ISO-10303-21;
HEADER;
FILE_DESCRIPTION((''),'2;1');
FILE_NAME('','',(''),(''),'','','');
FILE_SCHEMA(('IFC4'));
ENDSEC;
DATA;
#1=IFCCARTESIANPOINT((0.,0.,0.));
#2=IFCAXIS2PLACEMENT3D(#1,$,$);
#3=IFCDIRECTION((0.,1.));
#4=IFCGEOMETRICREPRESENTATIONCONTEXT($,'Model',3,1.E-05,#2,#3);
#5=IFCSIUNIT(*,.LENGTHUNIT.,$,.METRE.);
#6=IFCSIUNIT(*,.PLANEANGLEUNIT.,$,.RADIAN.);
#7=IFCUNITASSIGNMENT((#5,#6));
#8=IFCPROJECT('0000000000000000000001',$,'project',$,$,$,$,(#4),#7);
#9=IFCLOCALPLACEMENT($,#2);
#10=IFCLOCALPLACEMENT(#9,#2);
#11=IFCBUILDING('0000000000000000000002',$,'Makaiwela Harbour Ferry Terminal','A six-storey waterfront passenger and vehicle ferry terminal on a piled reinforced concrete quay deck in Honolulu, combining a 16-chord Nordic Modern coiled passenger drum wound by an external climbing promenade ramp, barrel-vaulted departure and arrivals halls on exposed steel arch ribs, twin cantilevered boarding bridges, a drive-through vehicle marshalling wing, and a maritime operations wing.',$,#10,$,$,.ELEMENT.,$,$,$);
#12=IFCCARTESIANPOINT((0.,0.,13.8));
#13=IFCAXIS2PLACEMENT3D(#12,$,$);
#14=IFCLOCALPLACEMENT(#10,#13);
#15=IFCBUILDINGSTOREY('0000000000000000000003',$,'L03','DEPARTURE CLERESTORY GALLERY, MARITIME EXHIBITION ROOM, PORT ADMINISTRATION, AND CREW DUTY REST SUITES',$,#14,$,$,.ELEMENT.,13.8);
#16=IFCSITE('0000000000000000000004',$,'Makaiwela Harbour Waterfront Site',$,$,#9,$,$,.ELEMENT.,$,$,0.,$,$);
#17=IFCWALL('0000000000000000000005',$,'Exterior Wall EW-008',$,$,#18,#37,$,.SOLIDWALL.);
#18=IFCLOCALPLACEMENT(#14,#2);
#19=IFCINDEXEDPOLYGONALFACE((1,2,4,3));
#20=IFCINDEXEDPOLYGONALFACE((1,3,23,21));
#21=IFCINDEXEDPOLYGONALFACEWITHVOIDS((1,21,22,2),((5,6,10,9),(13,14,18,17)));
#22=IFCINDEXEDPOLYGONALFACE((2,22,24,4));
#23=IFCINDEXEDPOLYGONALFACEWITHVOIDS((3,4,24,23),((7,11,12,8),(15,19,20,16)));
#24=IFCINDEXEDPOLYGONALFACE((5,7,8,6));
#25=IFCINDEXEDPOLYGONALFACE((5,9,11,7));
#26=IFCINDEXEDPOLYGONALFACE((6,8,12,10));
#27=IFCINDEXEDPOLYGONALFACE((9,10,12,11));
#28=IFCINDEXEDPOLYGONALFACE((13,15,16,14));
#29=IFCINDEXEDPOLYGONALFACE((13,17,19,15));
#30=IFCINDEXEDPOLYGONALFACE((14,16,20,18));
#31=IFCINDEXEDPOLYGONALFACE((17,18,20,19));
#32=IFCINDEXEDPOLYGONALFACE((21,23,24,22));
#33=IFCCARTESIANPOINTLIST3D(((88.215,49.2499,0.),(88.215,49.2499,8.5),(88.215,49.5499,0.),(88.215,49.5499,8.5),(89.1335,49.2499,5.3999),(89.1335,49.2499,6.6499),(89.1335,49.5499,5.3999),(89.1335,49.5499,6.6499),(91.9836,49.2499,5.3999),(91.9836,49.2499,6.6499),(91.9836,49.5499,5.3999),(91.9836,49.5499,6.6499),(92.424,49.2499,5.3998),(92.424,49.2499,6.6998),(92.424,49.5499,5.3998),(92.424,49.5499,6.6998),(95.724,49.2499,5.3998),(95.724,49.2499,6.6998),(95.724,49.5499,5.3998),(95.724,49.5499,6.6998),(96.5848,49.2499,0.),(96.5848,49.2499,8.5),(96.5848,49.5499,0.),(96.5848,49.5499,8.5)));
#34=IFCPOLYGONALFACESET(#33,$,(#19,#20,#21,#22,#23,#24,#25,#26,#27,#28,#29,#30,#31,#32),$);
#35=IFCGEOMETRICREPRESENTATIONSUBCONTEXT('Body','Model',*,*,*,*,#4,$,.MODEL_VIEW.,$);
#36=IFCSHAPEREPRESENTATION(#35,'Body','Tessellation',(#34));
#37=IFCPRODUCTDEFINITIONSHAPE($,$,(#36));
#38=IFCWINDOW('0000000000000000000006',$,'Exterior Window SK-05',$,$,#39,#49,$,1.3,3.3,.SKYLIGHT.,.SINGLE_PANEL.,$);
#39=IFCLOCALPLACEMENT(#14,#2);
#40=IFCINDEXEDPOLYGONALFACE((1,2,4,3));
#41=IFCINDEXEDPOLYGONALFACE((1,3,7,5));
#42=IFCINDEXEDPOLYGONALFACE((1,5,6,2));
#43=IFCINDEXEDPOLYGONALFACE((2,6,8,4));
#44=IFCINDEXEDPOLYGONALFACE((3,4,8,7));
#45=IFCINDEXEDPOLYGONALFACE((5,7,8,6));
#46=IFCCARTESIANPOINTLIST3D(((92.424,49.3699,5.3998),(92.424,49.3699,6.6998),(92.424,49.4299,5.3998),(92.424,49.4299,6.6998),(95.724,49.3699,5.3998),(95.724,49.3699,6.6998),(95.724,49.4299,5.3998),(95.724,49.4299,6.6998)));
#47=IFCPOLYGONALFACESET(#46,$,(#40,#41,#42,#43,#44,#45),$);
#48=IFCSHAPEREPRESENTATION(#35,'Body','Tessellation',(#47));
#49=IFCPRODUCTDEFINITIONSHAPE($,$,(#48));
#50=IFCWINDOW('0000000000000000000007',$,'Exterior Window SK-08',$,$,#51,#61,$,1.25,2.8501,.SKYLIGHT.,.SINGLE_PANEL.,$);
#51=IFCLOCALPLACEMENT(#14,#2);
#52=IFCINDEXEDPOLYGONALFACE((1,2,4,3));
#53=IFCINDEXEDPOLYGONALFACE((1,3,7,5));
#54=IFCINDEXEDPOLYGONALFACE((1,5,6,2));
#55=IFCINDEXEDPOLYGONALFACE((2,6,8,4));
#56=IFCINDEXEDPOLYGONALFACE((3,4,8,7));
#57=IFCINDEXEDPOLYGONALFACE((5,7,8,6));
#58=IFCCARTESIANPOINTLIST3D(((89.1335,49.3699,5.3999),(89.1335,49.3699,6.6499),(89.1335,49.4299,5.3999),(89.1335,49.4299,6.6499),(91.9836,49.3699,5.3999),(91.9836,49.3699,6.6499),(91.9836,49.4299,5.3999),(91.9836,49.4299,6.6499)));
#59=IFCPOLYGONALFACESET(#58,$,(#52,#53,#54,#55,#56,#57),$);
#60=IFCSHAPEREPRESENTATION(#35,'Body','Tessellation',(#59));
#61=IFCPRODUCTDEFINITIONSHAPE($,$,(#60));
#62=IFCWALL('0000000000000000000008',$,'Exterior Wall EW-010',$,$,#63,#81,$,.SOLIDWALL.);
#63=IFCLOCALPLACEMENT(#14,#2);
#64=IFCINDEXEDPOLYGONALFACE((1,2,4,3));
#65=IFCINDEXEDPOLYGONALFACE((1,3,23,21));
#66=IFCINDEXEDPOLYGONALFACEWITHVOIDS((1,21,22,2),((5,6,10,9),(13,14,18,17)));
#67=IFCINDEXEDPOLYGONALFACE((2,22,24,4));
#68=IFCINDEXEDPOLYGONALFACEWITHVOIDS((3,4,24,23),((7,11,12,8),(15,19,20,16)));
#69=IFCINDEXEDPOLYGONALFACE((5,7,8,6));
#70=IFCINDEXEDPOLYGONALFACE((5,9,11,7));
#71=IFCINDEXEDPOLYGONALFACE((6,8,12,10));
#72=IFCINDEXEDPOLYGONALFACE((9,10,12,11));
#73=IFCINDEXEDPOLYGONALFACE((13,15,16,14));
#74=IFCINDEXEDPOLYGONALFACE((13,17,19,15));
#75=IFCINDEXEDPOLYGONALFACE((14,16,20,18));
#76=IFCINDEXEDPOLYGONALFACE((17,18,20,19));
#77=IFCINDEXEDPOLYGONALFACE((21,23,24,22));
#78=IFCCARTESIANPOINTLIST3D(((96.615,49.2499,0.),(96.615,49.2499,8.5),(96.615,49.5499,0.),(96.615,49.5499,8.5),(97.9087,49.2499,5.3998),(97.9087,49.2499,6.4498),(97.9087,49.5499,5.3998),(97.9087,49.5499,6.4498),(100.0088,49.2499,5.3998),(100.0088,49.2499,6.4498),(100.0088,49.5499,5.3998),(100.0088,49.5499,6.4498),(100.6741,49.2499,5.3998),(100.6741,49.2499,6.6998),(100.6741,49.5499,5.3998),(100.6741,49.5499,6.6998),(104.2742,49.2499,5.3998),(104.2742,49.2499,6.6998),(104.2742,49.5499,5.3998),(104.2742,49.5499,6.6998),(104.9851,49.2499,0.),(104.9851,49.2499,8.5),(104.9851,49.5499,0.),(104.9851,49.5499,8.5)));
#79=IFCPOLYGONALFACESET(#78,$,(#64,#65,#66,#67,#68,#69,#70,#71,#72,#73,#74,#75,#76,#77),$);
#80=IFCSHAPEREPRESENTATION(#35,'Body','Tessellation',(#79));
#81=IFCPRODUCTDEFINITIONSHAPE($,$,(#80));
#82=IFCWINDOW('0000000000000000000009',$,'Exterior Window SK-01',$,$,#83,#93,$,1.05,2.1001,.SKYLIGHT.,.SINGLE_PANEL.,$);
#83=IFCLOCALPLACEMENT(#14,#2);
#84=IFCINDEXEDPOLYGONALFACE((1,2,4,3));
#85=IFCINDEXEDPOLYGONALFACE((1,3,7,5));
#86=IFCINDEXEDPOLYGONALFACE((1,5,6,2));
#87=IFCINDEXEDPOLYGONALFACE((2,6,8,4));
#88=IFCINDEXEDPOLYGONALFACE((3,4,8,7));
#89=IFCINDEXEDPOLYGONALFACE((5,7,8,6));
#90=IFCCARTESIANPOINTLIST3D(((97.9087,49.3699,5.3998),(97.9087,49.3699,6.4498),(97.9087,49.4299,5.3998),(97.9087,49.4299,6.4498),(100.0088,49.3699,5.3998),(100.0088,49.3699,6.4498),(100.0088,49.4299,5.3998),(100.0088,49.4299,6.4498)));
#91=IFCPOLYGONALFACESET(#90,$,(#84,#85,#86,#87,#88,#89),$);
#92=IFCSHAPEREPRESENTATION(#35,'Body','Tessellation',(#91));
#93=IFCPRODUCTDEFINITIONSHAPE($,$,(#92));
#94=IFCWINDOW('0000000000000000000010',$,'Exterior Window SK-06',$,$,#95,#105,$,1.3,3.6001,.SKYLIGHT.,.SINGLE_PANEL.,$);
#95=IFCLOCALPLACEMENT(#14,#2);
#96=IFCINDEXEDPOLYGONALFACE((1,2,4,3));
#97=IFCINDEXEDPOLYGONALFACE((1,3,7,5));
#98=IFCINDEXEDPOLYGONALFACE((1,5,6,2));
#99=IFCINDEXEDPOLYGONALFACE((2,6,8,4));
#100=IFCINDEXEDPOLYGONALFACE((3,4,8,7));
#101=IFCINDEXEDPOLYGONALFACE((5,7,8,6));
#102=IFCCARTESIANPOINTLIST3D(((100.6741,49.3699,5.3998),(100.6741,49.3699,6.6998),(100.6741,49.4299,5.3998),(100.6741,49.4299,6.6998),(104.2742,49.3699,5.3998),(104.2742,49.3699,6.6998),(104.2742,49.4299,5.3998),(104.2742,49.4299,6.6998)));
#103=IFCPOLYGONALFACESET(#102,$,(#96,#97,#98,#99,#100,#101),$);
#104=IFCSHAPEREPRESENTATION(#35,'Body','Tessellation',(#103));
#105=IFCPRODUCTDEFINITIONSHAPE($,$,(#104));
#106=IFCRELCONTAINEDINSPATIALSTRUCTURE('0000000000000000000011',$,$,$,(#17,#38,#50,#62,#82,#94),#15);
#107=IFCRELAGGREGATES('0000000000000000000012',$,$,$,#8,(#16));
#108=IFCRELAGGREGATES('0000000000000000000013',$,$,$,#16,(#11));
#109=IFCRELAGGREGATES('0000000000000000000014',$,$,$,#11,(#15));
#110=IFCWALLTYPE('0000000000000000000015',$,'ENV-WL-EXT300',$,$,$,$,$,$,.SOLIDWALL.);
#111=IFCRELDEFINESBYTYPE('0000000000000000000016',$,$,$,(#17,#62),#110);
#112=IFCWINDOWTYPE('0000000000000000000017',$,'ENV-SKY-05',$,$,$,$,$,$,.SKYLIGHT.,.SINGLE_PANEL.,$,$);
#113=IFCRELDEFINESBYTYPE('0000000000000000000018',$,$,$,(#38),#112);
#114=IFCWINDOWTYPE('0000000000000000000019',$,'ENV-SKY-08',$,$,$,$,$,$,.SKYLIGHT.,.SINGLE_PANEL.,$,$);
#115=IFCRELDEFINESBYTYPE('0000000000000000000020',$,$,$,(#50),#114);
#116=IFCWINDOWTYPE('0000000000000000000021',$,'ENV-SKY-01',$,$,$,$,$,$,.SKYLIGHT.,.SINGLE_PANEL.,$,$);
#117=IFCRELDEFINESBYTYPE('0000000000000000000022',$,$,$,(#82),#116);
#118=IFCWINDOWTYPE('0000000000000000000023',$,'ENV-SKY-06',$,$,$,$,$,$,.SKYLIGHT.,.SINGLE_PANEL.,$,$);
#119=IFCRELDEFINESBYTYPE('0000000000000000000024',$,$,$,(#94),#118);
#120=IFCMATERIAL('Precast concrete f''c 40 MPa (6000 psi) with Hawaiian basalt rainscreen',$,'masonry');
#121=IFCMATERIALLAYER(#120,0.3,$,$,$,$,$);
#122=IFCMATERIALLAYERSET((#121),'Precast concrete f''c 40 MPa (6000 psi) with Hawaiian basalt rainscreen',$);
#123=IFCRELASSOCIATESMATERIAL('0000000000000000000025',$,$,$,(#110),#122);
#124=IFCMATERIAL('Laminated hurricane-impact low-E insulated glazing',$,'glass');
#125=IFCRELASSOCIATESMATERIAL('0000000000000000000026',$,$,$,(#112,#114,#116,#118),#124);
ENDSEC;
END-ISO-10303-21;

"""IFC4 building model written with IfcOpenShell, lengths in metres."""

from ifc_helpers import new_model, si_unit, direction, frame, frame_2d, origin, place, context, subcontext, project, spatial, rectangle, extrude, material, layer, layer_set, type_object, element, fill, save


model = new_model("IFC4")

# Units and contexts
model_context = context("Model", 3, precision=1e-05, world=origin(), true_north=direction((0.0, 1.0)))
body_context = subcontext(model_context, "Body", "Model", "MODEL_VIEW")
ifc_project = project(units=[si_unit("LENGTHUNIT", "METRE"), si_unit("PLANEANGLEUNIT", "RADIAN")], contexts=[model_context])

# Site, building, storey
site_placement = place(None, origin())
site = spatial("IfcSite", under=ifc_project, at=site_placement, Name="Makaiwela Harbour Waterfront Site", CompositionType="ELEMENT", RefElevation=0.0)
building_placement = place(site_placement, origin())
building = spatial("IfcBuilding", under=site, at=building_placement, Name="Makaiwela Harbour Ferry Terminal", Description="A six-storey waterfront passenger and vehicle ferry terminal on a piled reinforced concrete quay deck in Honolulu, combining a 16-chord Nordic Modern coiled passenger drum wound by an external climbing promenade ramp, barrel-vaulted departure and arrivals halls on exposed steel arch ribs, twin cantilevered boarding bridges, a drive-through vehicle marshalling wing, and a maritime operations wing.", CompositionType="ELEMENT")
storey_placement = place(building_placement, frame((0.0, 0.0, 13.8)))
storey = spatial("IfcBuildingStorey", under=building, at=storey_placement, Name="L03", Description="DEPARTURE CLERESTORY GALLERY, MARITIME EXHIBITION ROOM, PORT ADMINISTRATION, AND CREW DUTY REST SUITES", CompositionType="ELEMENT", Elevation=13.8)

# Walls, openings, windows
ifc_material_1 = material(Name="Precast concrete f'c 40 MPa (6000 psi) with Hawaiian basalt rainscreen", Category="masonry")
ifc_layer = layer(ifc_material_1, 0.3)
ifc_layer_set = layer_set([ifc_layer], Name="Precast concrete f'c 40 MPa (6000 psi) with Hawaiian basalt rainscreen")
wall_type = type_object("IfcWallType", Name="ENV-WL-EXT300", PredefinedType="SOLIDWALL", material=ifc_layer_set)
ifc_material_2 = material(Name="Laminated hurricane-impact low-E insulated glazing", Category="glass")
wall_1_placement = place(storey_placement, frame((96.585, 49.3999, 0.0), z_axis=(0.0, 0.0, 1.0), x_axis=(-1.0, 0.0, 0.0)))
wall_1 = element("IfcWall", 1, at=wall_1_placement, inside=storey, type_object=wall_type, Name="Exterior Wall EW-008", PredefinedType="SOLIDWALL", context=body_context, shape_type="SweptSolid", body=[
    extrude(rectangle(XDim=8.3699, YDim=0.3, at=frame_2d((4.1851, 0.0))), origin(), (0.0, 0.0, 1.0), 8.5),
])
opening_1_placement = place(wall_1_placement, frame((0.8611, 0.0, 5.3999)))
opening_1 = element("IfcOpeningElement", 2, at=opening_1_placement, cuts=wall_1, PredefinedType="OPENING", context=body_context, shape_type="SweptSolid", body=[
    extrude(rectangle(XDim=3.3, YDim=1.3, at=frame_2d((1.6499, 0.6499))), frame((0.0, 0.1599, 0.0), z_axis=(0.0, -1.0, 0.0), x_axis=(1.0, 0.0, 0.0)), (0.0, 0.0, 1.0), 0.3201),
])
opening_2_placement = place(wall_1_placement, frame((4.6013, 0.0, 5.3999)))
opening_2 = element("IfcOpeningElement", 3, at=opening_2_placement, cuts=wall_1, PredefinedType="OPENING", context=body_context, shape_type="SweptSolid", body=[
    extrude(rectangle(XDim=2.8501, YDim=1.25, at=frame_2d((1.425, 0.625))), frame((0.0, 0.1599, 0.0), z_axis=(0.0, -1.0, 0.0), x_axis=(1.0, 0.0, 0.0)), (0.0, 0.0, 1.0), 0.3201),
])
window_type_1 = type_object("IfcWindowType", Name="ENV-SKY-05", PartitioningType="SINGLE_PANEL", PredefinedType="SKYLIGHT", material=ifc_material_2)
window_1_placement = place(opening_1_placement, origin())
window_1 = element("IfcWindow", 4, at=window_1_placement, inside=storey, type_object=window_type_1, Name="Exterior Window SK-05", OverallHeight=1.3, OverallWidth=3.3, PartitioningType="SINGLE_PANEL", PredefinedType="SKYLIGHT", context=body_context, shape_type="SweptSolid", body=[
    extrude(rectangle(XDim=3.3, YDim=1.3, at=frame_2d((1.6499, 0.6499))), frame((0.0, 0.03, 0.0), z_axis=(0.0, -1.0, 0.0), x_axis=(1.0, 0.0, 0.0)), (0.0, 0.0, 1.0), 0.0601),
])
fill(opening_1, window_1)
window_type_2 = type_object("IfcWindowType", Name="ENV-SKY-08", PartitioningType="SINGLE_PANEL", PredefinedType="SKYLIGHT", material=ifc_material_2)
window_2_placement = place(opening_2_placement, origin())
window_2 = element("IfcWindow", 5, at=window_2_placement, inside=storey, type_object=window_type_2, Name="Exterior Window SK-08", OverallHeight=1.25, OverallWidth=2.8501, PartitioningType="SINGLE_PANEL", PredefinedType="SKYLIGHT", context=body_context, shape_type="SweptSolid", body=[
    extrude(rectangle(XDim=2.8501, YDim=1.25, at=frame_2d((1.425, 0.625))), frame((0.0, 0.03, 0.0), z_axis=(0.0, -1.0, 0.0), x_axis=(1.0, 0.0, 0.0)), (0.0, 0.0, 1.0), 0.0601),
])
fill(opening_2, window_2)
wall_2_placement = place(storey_placement, frame((104.9851, 49.3999, 0.0), z_axis=(0.0, 0.0, 1.0), x_axis=(-1.0, 0.0, 0.0)))
wall_2 = element("IfcWall", 6, at=wall_2_placement, inside=storey, type_object=wall_type, Name="Exterior Wall EW-010", PredefinedType="SOLIDWALL", context=body_context, shape_type="SweptSolid", body=[
    extrude(rectangle(XDim=8.3701, YDim=0.3, at=frame_2d((4.1851, 0.0))), origin(), (0.0, 0.0, 1.0), 8.5),
])
opening_3_placement = place(wall_2_placement, frame((0.7109, 0.0, 5.3999)))
opening_3 = element("IfcOpeningElement", 7, at=opening_3_placement, cuts=wall_2, PredefinedType="OPENING", context=body_context, shape_type="SweptSolid", body=[
    extrude(rectangle(XDim=3.6001, YDim=1.3, at=frame_2d((1.8, 0.6499))), frame((0.0, 0.1599, 0.0), z_axis=(0.0, -1.0, 0.0), x_axis=(1.0, 0.0, 0.0)), (0.0, 0.0, 1.0), 0.3201),
])
opening_4_placement = place(wall_2_placement, frame((4.9763, 0.0, 5.3999)))
opening_4 = element("IfcOpeningElement", 8, at=opening_4_placement, cuts=wall_2, PredefinedType="OPENING", context=body_context, shape_type="SweptSolid", body=[
    extrude(rectangle(XDim=2.1001, YDim=1.05, at=frame_2d((1.05, 0.5249))), frame((0.0, 0.1599, 0.0), z_axis=(0.0, -1.0, 0.0), x_axis=(1.0, 0.0, 0.0)), (0.0, 0.0, 1.0), 0.3201),
])
window_type_3 = type_object("IfcWindowType", Name="ENV-SKY-01", PartitioningType="SINGLE_PANEL", PredefinedType="SKYLIGHT", material=ifc_material_2)
window_3_placement = place(opening_4_placement, origin())
window_3 = element("IfcWindow", 9, at=window_3_placement, inside=storey, type_object=window_type_3, Name="Exterior Window SK-01", OverallHeight=1.05, OverallWidth=2.1001, PartitioningType="SINGLE_PANEL", PredefinedType="SKYLIGHT", context=body_context, shape_type="SweptSolid", body=[
    extrude(rectangle(XDim=2.1001, YDim=1.05, at=frame_2d((1.05, 0.5249))), frame((0.0, 0.03, 0.0), z_axis=(0.0, -1.0, 0.0), x_axis=(1.0, 0.0, 0.0)), (0.0, 0.0, 1.0), 0.0601),
])
fill(opening_4, window_3)
window_type_4 = type_object("IfcWindowType", Name="ENV-SKY-06", PartitioningType="SINGLE_PANEL", PredefinedType="SKYLIGHT", material=ifc_material_2)
window_4_placement = place(opening_3_placement, origin())
window_4 = element("IfcWindow", 10, at=window_4_placement, inside=storey, type_object=window_type_4, Name="Exterior Window SK-06", OverallHeight=1.3, OverallWidth=3.6001, PartitioningType="SINGLE_PANEL", PredefinedType="SKYLIGHT", context=body_context, shape_type="SweptSolid", body=[
    extrude(rectangle(XDim=3.6001, YDim=1.3, at=frame_2d((1.8, 0.6499))), frame((0.0, 0.03, 0.0), z_axis=(0.0, -1.0, 0.0), x_axis=(1.0, 0.0, 0.0)), (0.0, 0.0, 1.0), 0.0601),
])
fill(opening_3, window_4)

save(model, "model.ifc")
